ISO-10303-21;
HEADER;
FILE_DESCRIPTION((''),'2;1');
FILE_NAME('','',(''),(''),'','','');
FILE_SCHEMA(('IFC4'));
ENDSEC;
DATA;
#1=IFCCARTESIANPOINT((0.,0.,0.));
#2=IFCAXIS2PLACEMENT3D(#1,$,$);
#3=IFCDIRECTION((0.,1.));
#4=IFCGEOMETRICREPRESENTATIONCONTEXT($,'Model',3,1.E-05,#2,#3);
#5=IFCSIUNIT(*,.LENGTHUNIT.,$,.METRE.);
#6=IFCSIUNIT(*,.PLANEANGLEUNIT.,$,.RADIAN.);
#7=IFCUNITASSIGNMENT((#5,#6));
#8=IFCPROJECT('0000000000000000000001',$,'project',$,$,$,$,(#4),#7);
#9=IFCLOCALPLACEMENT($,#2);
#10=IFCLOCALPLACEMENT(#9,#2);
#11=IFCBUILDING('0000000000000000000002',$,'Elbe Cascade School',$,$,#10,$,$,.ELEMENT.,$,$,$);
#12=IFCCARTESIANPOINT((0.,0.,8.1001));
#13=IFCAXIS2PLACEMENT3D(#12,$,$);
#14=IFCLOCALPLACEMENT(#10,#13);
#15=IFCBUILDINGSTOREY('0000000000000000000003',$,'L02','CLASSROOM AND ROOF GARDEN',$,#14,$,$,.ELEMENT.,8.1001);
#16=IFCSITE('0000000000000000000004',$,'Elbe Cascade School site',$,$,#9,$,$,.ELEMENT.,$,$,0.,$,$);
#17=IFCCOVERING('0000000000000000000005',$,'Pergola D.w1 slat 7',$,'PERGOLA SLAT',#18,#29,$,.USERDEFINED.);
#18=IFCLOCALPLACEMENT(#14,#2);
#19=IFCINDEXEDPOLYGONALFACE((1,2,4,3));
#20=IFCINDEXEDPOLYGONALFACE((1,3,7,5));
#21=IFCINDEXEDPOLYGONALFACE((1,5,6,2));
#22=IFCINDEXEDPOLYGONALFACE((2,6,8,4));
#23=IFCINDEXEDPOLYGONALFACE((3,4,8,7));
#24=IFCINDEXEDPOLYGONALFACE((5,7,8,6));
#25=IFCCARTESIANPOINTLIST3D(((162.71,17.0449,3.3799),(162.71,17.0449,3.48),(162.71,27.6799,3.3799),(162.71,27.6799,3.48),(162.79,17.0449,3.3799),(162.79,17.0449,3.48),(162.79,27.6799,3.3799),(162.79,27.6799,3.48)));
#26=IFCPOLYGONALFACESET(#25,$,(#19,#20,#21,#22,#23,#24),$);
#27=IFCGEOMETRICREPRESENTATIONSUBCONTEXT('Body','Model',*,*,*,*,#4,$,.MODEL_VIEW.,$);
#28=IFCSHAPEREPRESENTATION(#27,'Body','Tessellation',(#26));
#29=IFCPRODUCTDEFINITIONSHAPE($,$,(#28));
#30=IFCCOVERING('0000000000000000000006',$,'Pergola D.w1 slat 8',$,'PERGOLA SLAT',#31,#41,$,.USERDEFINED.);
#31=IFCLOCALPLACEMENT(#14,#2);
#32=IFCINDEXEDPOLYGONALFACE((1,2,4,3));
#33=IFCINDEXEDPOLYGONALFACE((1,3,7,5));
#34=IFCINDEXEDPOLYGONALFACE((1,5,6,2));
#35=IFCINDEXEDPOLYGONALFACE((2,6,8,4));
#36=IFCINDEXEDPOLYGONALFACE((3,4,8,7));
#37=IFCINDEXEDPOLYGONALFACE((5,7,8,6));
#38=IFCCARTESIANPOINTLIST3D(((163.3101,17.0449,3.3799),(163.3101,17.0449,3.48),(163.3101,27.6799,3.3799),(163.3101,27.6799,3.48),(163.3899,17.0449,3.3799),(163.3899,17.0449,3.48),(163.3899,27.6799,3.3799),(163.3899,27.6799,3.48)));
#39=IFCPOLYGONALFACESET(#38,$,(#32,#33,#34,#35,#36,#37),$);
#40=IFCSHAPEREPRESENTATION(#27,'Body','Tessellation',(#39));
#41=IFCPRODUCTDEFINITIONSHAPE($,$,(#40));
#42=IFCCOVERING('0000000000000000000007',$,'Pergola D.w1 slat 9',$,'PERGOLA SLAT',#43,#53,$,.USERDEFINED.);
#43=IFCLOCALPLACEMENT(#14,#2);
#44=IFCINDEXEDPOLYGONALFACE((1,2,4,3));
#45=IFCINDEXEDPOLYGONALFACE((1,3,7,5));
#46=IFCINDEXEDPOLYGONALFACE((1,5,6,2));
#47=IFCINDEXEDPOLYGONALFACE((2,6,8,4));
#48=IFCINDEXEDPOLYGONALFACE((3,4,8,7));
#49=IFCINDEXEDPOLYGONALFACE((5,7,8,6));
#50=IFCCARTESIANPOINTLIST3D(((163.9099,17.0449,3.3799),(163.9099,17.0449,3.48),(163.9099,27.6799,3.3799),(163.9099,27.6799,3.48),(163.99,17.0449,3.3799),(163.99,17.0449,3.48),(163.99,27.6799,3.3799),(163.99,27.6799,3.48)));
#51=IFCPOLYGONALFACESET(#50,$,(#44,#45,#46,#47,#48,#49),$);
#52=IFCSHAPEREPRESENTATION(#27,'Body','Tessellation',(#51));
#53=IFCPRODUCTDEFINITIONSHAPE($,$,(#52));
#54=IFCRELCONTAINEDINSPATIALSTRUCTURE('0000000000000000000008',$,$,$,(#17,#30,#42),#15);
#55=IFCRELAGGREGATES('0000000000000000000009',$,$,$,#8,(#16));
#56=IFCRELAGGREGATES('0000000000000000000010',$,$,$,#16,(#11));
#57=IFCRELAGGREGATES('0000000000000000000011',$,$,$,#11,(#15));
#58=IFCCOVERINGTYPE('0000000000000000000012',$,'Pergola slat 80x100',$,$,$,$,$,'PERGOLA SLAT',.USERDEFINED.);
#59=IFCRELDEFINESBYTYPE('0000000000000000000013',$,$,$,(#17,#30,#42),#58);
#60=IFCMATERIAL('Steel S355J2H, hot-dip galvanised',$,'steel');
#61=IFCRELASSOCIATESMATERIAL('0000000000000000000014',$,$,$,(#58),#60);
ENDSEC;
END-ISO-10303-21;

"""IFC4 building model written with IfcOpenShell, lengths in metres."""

from ifc_helpers import new_model, si_unit, direction, frame, origin, place, context, subcontext, project, spatial, polyline, outline, extrude, material, type_object, element, save


model = new_model("IFC4")

# Units and contexts
model_context = context("Model", 3, precision=1e-05, world=origin(), true_north=direction((0.0, 1.0)))
body_context = subcontext(model_context, "Body", "Model", "MODEL_VIEW")
ifc_project = project(units=[si_unit("LENGTHUNIT", "METRE"), si_unit("PLANEANGLEUNIT", "RADIAN")], contexts=[model_context])

# Site, building, storey
site_placement = place(None, origin())
site = spatial("IfcSite", under=ifc_project, at=site_placement, Name="Elbe Cascade School site", CompositionType="ELEMENT", RefElevation=0.0)
building_placement = place(site_placement, origin())
building = spatial("IfcBuilding", under=site, at=building_placement, Name="Elbe Cascade School", CompositionType="ELEMENT")
storey_placement = place(building_placement, frame((0.0, 0.0, 8.1001)))
storey = spatial("IfcBuildingStorey", under=building, at=storey_placement, Name="L02", Description="CLASSROOM AND ROOF GARDEN", CompositionType="ELEMENT", Elevation=8.1001)

# Coverings
ifc_material_1 = material(Name="Steel S355J2H, hot-dip galvanised", Category="steel")
covering_type_1 = type_object("IfcCoveringType", Name="Pergola slat 80x100", ElementType="PERGOLA SLAT", PredefinedType="USERDEFINED", material=ifc_material_1)
covering_1_placement = place(storey_placement, frame((0.0, 0.0, 3.3799)))
element("IfcCovering", 1, at=covering_1_placement, inside=storey, type_object=covering_type_1, Name="Pergola D.w1 slat 7", ObjectType="PERGOLA SLAT", PredefinedType="USERDEFINED", context=body_context, shape_type="SweptSolid", body=[
    extrude(outline(polyline([(162.71, 17.0449), (162.79, 17.0449), (162.79, 27.6799), (162.71, 27.6799), (162.71, 17.0449)])), origin(), (0.0, 0.0, 1.0), 0.1001),
])
covering_2_placement = place(storey_placement, frame((0.0, 0.0, 3.3799)))
element("IfcCovering", 2, at=covering_2_placement, inside=storey, type_object=covering_type_1, Name="Pergola D.w1 slat 8", ObjectType="PERGOLA SLAT", PredefinedType="USERDEFINED", context=body_context, shape_type="SweptSolid", body=[
    extrude(outline(polyline([(163.3101, 17.0449), (163.3899, 17.0449), (163.3899, 27.6799), (163.3101, 27.6799), (163.3101, 17.0449)])), origin(), (0.0, 0.0, 1.0), 0.1001),
])
covering_3_placement = place(storey_placement, frame((0.0, 0.0, 3.3799)))
element("IfcCovering", 3, at=covering_3_placement, inside=storey, type_object=covering_type_1, Name="Pergola D.w1 slat 9", ObjectType="PERGOLA SLAT", PredefinedType="USERDEFINED", context=body_context, shape_type="SweptSolid", body=[
    extrude(outline(polyline([(163.9099, 17.0449), (163.99, 17.0449), (163.99, 27.6799), (163.9099, 27.6799), (163.9099, 17.0449)])), origin(), (0.0, 0.0, 1.0), 0.1001),
])

save(model, "model.ifc")
